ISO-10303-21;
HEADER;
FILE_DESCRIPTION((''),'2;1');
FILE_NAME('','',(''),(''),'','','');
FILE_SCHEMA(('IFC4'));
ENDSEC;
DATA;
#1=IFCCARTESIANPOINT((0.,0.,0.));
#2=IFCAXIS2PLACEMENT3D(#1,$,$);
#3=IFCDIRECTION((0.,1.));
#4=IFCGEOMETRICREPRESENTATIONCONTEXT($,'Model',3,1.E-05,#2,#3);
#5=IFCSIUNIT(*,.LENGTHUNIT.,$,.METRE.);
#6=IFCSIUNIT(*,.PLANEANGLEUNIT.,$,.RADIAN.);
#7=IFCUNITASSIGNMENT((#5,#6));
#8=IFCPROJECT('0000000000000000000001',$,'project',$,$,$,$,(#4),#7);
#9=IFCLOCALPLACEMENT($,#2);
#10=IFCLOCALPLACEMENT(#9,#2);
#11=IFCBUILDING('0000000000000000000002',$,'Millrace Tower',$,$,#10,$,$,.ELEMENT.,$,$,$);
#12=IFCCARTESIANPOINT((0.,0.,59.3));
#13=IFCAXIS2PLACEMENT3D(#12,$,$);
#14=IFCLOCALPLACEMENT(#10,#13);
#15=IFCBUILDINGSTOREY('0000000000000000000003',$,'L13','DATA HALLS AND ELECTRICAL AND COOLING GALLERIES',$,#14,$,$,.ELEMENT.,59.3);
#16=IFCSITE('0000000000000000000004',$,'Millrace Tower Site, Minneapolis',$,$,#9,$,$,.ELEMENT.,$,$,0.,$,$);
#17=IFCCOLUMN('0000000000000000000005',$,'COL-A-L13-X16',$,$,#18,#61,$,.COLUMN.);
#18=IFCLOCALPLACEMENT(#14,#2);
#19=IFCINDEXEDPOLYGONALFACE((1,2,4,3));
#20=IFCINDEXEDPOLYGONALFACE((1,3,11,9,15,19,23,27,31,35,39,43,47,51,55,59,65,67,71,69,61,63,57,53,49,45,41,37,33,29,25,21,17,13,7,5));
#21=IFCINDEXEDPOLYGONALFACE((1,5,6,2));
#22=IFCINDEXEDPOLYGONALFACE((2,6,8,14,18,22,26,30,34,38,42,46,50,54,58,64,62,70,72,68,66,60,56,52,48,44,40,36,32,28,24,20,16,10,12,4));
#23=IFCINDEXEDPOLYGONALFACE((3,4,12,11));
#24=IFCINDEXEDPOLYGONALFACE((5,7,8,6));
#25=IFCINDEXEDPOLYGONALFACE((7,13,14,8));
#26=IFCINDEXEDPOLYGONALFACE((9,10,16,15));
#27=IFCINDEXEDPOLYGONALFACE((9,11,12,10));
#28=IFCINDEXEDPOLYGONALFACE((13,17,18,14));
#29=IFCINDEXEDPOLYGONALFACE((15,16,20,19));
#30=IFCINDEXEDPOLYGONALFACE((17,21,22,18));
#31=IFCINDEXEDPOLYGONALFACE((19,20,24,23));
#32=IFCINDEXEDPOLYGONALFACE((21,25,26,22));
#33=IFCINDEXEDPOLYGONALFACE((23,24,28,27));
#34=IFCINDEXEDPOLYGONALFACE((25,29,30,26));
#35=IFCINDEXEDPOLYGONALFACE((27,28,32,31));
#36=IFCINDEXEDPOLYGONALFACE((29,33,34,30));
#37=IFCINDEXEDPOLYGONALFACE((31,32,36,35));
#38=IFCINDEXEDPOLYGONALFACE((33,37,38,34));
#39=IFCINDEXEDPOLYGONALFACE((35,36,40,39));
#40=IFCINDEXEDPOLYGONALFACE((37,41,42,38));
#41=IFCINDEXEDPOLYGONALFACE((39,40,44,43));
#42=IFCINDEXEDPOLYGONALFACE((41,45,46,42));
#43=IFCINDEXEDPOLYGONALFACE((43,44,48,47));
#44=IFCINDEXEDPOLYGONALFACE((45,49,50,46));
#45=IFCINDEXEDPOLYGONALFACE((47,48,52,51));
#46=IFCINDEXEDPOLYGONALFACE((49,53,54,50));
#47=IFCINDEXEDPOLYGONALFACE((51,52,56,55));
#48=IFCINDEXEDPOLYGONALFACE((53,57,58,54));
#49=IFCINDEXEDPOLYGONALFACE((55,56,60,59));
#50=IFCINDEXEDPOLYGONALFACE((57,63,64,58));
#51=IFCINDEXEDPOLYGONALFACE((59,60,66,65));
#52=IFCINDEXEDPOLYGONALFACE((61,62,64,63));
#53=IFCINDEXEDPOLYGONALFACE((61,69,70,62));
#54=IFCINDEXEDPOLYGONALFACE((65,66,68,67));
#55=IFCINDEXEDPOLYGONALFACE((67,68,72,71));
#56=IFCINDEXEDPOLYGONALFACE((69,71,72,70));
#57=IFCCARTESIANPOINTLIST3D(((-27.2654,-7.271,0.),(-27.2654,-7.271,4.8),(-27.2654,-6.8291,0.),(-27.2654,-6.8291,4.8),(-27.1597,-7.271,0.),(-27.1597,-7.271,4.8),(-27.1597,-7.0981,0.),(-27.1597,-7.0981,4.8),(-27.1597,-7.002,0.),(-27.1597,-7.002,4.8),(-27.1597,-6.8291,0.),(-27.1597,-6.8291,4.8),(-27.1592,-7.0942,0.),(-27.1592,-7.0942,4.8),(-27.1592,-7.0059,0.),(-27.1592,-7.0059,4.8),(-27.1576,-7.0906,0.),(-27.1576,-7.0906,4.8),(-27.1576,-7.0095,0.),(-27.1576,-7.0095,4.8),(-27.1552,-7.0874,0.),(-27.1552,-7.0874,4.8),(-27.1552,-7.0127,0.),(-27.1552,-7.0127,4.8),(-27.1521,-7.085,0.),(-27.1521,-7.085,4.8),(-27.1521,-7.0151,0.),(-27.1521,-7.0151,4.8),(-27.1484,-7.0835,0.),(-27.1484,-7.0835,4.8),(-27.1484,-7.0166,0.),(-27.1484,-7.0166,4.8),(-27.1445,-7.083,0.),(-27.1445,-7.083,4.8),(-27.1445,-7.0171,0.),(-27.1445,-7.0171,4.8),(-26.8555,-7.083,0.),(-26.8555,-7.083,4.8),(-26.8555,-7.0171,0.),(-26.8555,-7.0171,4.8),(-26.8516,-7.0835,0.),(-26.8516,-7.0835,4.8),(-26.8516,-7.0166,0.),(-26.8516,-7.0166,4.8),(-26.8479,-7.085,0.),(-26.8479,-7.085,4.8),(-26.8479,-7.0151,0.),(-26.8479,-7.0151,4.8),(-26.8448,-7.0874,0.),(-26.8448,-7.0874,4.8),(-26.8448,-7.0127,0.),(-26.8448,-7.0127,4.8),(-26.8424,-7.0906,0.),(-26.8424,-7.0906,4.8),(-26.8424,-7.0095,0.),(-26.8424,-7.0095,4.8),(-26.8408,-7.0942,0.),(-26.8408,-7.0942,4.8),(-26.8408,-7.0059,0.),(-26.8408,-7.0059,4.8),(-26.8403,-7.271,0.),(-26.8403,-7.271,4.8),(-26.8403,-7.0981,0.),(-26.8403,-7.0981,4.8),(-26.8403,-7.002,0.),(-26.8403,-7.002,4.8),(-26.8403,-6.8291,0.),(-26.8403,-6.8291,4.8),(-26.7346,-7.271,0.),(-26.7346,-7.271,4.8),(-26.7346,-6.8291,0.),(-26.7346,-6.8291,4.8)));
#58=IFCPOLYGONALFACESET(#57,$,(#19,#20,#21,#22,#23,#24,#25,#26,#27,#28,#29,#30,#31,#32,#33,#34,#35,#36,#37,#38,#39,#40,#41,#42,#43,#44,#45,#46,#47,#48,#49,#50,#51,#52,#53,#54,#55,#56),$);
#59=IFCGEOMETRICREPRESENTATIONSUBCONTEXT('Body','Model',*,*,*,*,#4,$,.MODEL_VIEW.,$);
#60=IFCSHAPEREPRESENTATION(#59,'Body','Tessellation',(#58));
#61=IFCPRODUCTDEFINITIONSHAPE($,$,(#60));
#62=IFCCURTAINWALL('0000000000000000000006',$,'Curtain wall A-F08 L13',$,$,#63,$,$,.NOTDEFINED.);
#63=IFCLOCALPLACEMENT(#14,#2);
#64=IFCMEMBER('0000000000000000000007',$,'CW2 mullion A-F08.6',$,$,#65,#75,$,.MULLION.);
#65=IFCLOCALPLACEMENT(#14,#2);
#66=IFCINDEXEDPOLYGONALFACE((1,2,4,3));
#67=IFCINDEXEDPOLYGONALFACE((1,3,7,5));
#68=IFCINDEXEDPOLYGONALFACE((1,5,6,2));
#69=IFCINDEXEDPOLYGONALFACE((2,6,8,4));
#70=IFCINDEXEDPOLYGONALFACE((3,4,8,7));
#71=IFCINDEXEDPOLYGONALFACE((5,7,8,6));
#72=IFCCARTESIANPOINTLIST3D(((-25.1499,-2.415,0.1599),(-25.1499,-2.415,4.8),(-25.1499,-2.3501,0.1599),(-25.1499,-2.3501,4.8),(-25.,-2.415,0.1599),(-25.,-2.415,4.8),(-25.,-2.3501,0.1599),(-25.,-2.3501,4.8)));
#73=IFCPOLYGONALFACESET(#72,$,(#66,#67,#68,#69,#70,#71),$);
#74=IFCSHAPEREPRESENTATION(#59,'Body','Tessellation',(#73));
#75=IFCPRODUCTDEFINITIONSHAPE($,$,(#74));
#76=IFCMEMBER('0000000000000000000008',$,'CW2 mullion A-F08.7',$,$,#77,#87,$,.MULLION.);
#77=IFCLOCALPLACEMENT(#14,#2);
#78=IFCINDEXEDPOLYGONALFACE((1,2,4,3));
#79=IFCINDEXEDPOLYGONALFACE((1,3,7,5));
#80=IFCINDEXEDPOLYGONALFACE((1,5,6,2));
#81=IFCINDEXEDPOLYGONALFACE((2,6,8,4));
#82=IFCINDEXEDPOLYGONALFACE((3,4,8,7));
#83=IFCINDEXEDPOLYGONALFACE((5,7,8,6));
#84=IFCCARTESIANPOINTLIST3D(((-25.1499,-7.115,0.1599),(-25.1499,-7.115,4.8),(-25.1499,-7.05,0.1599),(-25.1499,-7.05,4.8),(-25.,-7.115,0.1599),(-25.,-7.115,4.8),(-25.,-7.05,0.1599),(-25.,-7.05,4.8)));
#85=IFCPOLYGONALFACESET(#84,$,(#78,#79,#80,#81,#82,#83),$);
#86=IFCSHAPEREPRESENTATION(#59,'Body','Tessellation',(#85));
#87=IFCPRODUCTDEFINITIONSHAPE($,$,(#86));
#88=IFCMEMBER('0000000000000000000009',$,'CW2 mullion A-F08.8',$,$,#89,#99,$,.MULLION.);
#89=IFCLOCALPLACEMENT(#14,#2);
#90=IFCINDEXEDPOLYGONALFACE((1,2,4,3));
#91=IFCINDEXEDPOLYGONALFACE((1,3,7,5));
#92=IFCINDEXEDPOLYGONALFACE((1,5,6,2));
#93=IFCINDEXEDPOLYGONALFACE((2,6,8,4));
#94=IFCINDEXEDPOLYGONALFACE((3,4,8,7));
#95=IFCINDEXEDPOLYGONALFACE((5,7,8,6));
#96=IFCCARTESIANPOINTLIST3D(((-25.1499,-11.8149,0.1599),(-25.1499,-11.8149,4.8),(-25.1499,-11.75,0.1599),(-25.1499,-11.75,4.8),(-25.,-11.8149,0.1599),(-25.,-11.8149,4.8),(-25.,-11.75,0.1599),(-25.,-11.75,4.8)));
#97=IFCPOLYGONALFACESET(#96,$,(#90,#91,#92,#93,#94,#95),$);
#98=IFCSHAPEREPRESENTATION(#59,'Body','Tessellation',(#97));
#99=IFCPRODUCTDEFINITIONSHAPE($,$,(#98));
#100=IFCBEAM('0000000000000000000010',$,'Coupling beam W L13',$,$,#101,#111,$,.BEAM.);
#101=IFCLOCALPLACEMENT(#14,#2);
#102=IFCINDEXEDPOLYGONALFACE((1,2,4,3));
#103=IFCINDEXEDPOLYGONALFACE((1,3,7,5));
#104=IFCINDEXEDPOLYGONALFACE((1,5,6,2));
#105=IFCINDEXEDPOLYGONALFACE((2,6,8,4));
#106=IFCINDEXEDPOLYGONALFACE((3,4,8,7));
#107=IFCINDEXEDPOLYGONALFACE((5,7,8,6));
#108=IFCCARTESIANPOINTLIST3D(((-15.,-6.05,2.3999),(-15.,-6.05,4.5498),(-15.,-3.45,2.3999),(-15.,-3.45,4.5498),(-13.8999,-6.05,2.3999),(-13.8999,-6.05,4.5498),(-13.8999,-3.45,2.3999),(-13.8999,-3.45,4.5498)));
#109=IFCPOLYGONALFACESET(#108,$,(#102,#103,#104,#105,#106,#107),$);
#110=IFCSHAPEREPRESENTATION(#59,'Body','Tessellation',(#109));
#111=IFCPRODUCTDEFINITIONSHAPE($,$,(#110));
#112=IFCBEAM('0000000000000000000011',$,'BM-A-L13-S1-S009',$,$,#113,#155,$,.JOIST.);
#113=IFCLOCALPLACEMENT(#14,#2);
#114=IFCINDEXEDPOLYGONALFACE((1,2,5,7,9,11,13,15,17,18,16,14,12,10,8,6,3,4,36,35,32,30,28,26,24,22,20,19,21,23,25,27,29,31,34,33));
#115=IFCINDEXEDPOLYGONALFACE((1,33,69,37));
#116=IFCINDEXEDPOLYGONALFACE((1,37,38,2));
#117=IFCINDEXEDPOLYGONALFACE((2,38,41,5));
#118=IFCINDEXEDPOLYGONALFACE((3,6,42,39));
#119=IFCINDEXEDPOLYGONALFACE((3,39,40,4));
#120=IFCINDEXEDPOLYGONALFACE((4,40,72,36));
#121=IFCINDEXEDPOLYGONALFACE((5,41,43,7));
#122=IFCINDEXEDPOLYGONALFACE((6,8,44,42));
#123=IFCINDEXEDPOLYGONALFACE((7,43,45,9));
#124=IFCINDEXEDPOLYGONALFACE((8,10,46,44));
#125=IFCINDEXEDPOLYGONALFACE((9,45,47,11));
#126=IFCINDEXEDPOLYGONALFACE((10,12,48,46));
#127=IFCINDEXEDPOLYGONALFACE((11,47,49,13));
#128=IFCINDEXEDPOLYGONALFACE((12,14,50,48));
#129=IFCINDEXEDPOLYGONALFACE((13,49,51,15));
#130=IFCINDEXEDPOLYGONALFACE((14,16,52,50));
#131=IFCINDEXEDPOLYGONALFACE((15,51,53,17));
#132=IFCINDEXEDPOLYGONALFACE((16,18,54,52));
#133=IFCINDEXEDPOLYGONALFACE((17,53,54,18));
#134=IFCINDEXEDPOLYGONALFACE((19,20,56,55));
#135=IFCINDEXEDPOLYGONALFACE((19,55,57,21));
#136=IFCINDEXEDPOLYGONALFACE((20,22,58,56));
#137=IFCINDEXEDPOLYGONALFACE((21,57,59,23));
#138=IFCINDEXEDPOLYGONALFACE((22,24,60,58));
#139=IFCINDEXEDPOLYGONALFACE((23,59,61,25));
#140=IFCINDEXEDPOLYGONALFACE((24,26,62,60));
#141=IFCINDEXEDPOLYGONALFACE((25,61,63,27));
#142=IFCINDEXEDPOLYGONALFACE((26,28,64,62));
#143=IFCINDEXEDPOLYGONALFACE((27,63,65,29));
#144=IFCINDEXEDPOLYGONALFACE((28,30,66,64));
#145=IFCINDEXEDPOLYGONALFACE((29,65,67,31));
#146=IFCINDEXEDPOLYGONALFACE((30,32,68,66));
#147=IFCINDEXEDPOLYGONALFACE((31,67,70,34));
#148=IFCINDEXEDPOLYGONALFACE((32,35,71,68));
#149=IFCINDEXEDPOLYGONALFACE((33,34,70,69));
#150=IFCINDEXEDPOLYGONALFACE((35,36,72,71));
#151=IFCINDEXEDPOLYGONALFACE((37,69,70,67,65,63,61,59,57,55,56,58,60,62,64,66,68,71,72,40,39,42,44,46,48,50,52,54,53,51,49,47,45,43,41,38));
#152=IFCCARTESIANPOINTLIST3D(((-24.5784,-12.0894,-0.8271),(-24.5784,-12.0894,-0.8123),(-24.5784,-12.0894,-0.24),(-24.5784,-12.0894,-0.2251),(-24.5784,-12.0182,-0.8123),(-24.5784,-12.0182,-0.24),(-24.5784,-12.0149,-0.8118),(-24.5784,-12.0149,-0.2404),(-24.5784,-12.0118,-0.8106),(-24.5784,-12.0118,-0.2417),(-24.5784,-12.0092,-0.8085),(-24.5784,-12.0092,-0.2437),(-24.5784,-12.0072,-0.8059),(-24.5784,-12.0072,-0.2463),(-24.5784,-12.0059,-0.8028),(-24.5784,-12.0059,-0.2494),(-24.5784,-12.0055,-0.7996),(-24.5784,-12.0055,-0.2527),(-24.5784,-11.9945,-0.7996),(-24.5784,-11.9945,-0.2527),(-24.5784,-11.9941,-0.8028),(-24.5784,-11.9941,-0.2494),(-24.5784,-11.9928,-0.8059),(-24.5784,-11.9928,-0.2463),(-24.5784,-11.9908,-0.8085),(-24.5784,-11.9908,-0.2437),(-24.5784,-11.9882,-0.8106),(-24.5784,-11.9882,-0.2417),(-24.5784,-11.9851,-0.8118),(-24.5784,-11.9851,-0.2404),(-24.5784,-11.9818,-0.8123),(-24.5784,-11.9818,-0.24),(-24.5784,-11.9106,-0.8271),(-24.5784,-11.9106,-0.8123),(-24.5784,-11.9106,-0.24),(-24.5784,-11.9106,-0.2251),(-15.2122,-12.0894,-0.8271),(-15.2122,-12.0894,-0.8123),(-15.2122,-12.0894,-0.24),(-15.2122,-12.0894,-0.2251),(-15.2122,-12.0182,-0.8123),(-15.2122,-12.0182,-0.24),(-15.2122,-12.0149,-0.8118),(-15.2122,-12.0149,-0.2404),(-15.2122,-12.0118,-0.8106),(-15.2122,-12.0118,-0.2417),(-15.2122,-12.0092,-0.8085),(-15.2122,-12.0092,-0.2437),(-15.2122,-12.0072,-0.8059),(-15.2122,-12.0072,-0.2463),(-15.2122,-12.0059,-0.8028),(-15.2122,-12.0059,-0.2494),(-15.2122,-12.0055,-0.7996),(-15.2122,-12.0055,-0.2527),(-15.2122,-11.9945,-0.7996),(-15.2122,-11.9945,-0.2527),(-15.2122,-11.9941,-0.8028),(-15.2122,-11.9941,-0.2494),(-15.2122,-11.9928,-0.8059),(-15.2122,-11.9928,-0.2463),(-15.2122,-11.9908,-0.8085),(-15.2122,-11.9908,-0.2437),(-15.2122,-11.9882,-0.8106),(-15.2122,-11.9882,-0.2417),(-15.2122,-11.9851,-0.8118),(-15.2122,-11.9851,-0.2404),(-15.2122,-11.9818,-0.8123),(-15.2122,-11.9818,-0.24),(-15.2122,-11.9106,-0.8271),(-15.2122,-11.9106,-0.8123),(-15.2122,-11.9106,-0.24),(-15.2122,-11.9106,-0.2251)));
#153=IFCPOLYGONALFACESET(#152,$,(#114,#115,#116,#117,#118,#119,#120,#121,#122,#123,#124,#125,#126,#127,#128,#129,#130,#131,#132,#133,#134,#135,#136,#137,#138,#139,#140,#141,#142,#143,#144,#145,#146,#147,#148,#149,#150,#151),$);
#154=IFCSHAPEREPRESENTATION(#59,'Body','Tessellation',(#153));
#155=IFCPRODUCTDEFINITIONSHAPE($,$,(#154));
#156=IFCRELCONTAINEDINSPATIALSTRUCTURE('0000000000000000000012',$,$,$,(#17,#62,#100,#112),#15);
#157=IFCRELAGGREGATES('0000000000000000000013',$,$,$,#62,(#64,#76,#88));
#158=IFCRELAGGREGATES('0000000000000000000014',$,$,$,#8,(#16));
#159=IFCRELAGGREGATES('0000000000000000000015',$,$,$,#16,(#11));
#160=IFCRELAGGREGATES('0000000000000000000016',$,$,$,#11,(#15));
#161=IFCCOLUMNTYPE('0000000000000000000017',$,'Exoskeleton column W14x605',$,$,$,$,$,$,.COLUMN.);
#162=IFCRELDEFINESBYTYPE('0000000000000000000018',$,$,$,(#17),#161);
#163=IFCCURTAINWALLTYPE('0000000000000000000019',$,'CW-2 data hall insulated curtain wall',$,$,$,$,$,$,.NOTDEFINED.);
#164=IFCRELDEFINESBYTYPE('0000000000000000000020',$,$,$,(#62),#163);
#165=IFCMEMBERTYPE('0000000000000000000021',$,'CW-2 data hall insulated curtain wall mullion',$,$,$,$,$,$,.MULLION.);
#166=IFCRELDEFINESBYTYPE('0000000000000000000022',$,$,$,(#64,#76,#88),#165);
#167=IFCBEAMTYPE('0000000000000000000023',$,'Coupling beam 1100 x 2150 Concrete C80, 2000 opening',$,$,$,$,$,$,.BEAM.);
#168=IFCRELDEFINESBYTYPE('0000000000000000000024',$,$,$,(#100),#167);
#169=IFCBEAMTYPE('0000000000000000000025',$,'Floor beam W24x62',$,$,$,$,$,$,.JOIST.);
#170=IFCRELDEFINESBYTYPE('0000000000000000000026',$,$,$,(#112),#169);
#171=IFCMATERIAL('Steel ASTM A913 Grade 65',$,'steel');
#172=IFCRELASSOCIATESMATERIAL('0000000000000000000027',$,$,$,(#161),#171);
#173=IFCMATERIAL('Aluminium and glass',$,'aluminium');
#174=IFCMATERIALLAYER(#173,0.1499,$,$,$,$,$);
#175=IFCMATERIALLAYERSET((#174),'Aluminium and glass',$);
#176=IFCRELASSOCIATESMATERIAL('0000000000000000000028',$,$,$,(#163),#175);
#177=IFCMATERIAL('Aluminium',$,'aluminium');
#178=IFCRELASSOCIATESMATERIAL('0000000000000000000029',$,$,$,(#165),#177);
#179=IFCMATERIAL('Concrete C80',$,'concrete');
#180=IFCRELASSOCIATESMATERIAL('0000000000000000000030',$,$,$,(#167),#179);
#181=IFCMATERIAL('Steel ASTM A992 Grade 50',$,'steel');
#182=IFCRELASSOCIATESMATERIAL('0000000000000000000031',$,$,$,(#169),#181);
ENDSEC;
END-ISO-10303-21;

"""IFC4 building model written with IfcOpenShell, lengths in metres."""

from ifc_helpers import new_model, si_unit, direction, frame, origin, origin_2d, place, context, subcontext, project, spatial, rectangle, i_section, extrude, material, layer, layer_set, material_profile, profile_set, type_object, element, aggregate, save


model = new_model("IFC4")

# Units and contexts
model_context = context("Model", 3, precision=1e-05, world=origin(), true_north=direction((0.0, 1.0)))
body_context = subcontext(model_context, "Body", "Model", "MODEL_VIEW")
ifc_project = project(units=[si_unit("LENGTHUNIT", "METRE"), si_unit("PLANEANGLEUNIT", "RADIAN")], contexts=[model_context])

# Site, building, storey
site_placement = place(None, origin())
site = spatial("IfcSite", under=ifc_project, at=site_placement, Name="Millrace Tower Site, Minneapolis", CompositionType="ELEMENT", RefElevation=0.0)
building_placement = place(site_placement, origin())
building = spatial("IfcBuilding", under=site, at=building_placement, Name="Millrace Tower", CompositionType="ELEMENT")
storey_placement = place(building_placement, frame((0.0, 0.0, 59.3)))
storey = spatial("IfcBuildingStorey", under=building, at=storey_placement, Name="L13", Description="DATA HALLS AND ELECTRICAL AND COOLING GALLERIES", CompositionType="ELEMENT", Elevation=59.3)

# Column
ifc_material_1 = material(Name="Steel ASTM A913 Grade 65", Category="steel")
ifc_material_profile_1 = material_profile(ifc_material_1, i_section(OverallWidth=0.4419, OverallDepth=0.5308, WebThickness=0.0659, FlangeThickness=0.1057, FilletRadius=0.0151, at=origin_2d()))
ifc_profile_set_1 = profile_set([ifc_material_profile_1], Name="Steel ASTM A913 Grade 65")
column_type = type_object("IfcColumnType", Name="Exoskeleton column W14x605", PredefinedType="COLUMN", material=ifc_profile_set_1)
column_placement = place(storey_placement, frame((-27.0, -7.05, 0.0), z_axis=(0.0, 0.0, 1.0), x_axis=(0.0, -1.0, 0.0)))
element("IfcColumn", 1, at=column_placement, inside=storey, type_object=column_type, Name="COL-A-L13-X16", PredefinedType="COLUMN", context=body_context, shape_type="SweptSolid", body=[
    extrude(i_section(OverallWidth=0.4419, OverallDepth=0.5308, WebThickness=0.0659, FlangeThickness=0.1057, FilletRadius=0.0151, at=origin_2d()), origin(), (0.0, 0.0, 1.0), 4.8),
])

# Curtain wall, members
ifc_material_2 = material(Name="Aluminium and glass", Category="aluminium")
ifc_layer_1 = layer(ifc_material_2, 0.1499)
ifc_layer_set_1 = layer_set([ifc_layer_1], Name="Aluminium and glass")
curtain_wall_type = type_object("IfcCurtainWallType", Name="CW-2 data hall insulated curtain wall", PredefinedType="NOTDEFINED", material=ifc_layer_set_1)
curtain_wall_placement = place(storey_placement, origin())
curtain_wall = element("IfcCurtainWall", 2, at=curtain_wall_placement, inside=storey, type_object=curtain_wall_type, Name="Curtain wall A-F08 L13", PredefinedType="NOTDEFINED")
ifc_material_3 = material(Name="Aluminium", Category="aluminium")
ifc_material_profile_2 = material_profile(ifc_material_3, rectangle(XDim=0.0649, YDim=0.1499, at=origin_2d()))
ifc_profile_set_2 = profile_set([ifc_material_profile_2], Name="Aluminium")
member_type = type_object("IfcMemberType", Name="CW-2 data hall insulated curtain wall mullion", PredefinedType="MULLION", material=ifc_profile_set_2)
member_1_placement = place(storey_placement, frame((-25.075, -2.3826, 0.1599), z_axis=(0.0, 0.0, 1.0), x_axis=(0.0, -1.0, 0.0)))
member_1 = element("IfcMember", 3, at=member_1_placement, type_object=member_type, Name="CW2 mullion A-F08.6", PredefinedType="MULLION", context=body_context, shape_type="SweptSolid", body=[
    extrude(rectangle(XDim=0.0649, YDim=0.1499, at=origin_2d()), origin(), (0.0, 0.0, 1.0), 4.6401),
])
member_2_placement = place(storey_placement, frame((-25.075, -7.0825, 0.1599), z_axis=(0.0, 0.0, 1.0), x_axis=(0.0, -1.0, 0.0)))
member_2 = element("IfcMember", 4, at=member_2_placement, type_object=member_type, Name="CW2 mullion A-F08.7", PredefinedType="MULLION", context=body_context, shape_type="SweptSolid", body=[
    extrude(rectangle(XDim=0.0649, YDim=0.1499, at=origin_2d()), origin(), (0.0, 0.0, 1.0), 4.6401),
])
member_3_placement = place(storey_placement, frame((-25.075, -11.7825, 0.1599), z_axis=(0.0, 0.0, 1.0), x_axis=(0.0, -1.0, 0.0)))
member_3 = element("IfcMember", 5, at=member_3_placement, type_object=member_type, Name="CW2 mullion A-F08.8", PredefinedType="MULLION", context=body_context, shape_type="SweptSolid", body=[
    extrude(rectangle(XDim=0.0649, YDim=0.1499, at=origin_2d()), origin(), (0.0, 0.0, 1.0), 4.6401),
])
aggregate(curtain_wall, [member_1, member_2, member_3])

# Beams
ifc_material_4 = material(Name="Concrete C80", Category="concrete")
ifc_material_profile_3 = material_profile(ifc_material_4, rectangle(XDim=1.1001, YDim=2.1499, at=origin_2d()))
ifc_profile_set_3 = profile_set([ifc_material_profile_3], Name="Concrete C80")
beam_type_1 = type_object("IfcBeamType", Name="Coupling beam 1100 x 2150 Concrete C80, 2000 opening", PredefinedType="BEAM", material=ifc_profile_set_3)
beam_1_placement = place(storey_placement, frame((-14.45, -6.05, 3.4749), z_axis=(0.0, 1.0, 0.0), x_axis=(-1.0, 0.0, 0.0)))
element("IfcBeam", 6, at=beam_1_placement, inside=storey, type_object=beam_type_1, Name="Coupling beam W L13", PredefinedType="BEAM", context=body_context, shape_type="SweptSolid", body=[
    extrude(rectangle(XDim=1.1001, YDim=2.1499, at=origin_2d()), origin(), (0.0, 0.0, 1.0), 2.6001),
])
ifc_material_5 = material(Name="Steel ASTM A992 Grade 50", Category="steel")
ifc_material_profile_4 = material_profile(ifc_material_5, i_section(OverallWidth=0.1787, OverallDepth=0.6021, WebThickness=0.011, FlangeThickness=0.0149, FilletRadius=0.0127, at=origin_2d()))
ifc_profile_set_4 = profile_set([ifc_material_profile_4], Name="Steel ASTM A992 Grade 50")
beam_type_2 = type_object("IfcBeamType", Name="Floor beam W24x62", PredefinedType="JOIST", material=ifc_profile_set_4)
beam_2_placement = place(storey_placement, frame((-24.5784, -12.0, -0.5261), z_axis=(1.0, 0.0, 0.0), x_axis=(0.0, 1.0, 0.0)))
element("IfcBeam", 7, at=beam_2_placement, inside=storey, type_object=beam_type_2, Name="BM-A-L13-S1-S009", PredefinedType="JOIST", context=body_context, shape_type="SweptSolid", body=[
    extrude(i_section(OverallWidth=0.1787, OverallDepth=0.6021, WebThickness=0.011, FlangeThickness=0.0149, FilletRadius=0.0127, at=origin_2d()), origin(), (0.0, 0.0, 1.0), 9.3662),
])

save(model, "model.ifc")
